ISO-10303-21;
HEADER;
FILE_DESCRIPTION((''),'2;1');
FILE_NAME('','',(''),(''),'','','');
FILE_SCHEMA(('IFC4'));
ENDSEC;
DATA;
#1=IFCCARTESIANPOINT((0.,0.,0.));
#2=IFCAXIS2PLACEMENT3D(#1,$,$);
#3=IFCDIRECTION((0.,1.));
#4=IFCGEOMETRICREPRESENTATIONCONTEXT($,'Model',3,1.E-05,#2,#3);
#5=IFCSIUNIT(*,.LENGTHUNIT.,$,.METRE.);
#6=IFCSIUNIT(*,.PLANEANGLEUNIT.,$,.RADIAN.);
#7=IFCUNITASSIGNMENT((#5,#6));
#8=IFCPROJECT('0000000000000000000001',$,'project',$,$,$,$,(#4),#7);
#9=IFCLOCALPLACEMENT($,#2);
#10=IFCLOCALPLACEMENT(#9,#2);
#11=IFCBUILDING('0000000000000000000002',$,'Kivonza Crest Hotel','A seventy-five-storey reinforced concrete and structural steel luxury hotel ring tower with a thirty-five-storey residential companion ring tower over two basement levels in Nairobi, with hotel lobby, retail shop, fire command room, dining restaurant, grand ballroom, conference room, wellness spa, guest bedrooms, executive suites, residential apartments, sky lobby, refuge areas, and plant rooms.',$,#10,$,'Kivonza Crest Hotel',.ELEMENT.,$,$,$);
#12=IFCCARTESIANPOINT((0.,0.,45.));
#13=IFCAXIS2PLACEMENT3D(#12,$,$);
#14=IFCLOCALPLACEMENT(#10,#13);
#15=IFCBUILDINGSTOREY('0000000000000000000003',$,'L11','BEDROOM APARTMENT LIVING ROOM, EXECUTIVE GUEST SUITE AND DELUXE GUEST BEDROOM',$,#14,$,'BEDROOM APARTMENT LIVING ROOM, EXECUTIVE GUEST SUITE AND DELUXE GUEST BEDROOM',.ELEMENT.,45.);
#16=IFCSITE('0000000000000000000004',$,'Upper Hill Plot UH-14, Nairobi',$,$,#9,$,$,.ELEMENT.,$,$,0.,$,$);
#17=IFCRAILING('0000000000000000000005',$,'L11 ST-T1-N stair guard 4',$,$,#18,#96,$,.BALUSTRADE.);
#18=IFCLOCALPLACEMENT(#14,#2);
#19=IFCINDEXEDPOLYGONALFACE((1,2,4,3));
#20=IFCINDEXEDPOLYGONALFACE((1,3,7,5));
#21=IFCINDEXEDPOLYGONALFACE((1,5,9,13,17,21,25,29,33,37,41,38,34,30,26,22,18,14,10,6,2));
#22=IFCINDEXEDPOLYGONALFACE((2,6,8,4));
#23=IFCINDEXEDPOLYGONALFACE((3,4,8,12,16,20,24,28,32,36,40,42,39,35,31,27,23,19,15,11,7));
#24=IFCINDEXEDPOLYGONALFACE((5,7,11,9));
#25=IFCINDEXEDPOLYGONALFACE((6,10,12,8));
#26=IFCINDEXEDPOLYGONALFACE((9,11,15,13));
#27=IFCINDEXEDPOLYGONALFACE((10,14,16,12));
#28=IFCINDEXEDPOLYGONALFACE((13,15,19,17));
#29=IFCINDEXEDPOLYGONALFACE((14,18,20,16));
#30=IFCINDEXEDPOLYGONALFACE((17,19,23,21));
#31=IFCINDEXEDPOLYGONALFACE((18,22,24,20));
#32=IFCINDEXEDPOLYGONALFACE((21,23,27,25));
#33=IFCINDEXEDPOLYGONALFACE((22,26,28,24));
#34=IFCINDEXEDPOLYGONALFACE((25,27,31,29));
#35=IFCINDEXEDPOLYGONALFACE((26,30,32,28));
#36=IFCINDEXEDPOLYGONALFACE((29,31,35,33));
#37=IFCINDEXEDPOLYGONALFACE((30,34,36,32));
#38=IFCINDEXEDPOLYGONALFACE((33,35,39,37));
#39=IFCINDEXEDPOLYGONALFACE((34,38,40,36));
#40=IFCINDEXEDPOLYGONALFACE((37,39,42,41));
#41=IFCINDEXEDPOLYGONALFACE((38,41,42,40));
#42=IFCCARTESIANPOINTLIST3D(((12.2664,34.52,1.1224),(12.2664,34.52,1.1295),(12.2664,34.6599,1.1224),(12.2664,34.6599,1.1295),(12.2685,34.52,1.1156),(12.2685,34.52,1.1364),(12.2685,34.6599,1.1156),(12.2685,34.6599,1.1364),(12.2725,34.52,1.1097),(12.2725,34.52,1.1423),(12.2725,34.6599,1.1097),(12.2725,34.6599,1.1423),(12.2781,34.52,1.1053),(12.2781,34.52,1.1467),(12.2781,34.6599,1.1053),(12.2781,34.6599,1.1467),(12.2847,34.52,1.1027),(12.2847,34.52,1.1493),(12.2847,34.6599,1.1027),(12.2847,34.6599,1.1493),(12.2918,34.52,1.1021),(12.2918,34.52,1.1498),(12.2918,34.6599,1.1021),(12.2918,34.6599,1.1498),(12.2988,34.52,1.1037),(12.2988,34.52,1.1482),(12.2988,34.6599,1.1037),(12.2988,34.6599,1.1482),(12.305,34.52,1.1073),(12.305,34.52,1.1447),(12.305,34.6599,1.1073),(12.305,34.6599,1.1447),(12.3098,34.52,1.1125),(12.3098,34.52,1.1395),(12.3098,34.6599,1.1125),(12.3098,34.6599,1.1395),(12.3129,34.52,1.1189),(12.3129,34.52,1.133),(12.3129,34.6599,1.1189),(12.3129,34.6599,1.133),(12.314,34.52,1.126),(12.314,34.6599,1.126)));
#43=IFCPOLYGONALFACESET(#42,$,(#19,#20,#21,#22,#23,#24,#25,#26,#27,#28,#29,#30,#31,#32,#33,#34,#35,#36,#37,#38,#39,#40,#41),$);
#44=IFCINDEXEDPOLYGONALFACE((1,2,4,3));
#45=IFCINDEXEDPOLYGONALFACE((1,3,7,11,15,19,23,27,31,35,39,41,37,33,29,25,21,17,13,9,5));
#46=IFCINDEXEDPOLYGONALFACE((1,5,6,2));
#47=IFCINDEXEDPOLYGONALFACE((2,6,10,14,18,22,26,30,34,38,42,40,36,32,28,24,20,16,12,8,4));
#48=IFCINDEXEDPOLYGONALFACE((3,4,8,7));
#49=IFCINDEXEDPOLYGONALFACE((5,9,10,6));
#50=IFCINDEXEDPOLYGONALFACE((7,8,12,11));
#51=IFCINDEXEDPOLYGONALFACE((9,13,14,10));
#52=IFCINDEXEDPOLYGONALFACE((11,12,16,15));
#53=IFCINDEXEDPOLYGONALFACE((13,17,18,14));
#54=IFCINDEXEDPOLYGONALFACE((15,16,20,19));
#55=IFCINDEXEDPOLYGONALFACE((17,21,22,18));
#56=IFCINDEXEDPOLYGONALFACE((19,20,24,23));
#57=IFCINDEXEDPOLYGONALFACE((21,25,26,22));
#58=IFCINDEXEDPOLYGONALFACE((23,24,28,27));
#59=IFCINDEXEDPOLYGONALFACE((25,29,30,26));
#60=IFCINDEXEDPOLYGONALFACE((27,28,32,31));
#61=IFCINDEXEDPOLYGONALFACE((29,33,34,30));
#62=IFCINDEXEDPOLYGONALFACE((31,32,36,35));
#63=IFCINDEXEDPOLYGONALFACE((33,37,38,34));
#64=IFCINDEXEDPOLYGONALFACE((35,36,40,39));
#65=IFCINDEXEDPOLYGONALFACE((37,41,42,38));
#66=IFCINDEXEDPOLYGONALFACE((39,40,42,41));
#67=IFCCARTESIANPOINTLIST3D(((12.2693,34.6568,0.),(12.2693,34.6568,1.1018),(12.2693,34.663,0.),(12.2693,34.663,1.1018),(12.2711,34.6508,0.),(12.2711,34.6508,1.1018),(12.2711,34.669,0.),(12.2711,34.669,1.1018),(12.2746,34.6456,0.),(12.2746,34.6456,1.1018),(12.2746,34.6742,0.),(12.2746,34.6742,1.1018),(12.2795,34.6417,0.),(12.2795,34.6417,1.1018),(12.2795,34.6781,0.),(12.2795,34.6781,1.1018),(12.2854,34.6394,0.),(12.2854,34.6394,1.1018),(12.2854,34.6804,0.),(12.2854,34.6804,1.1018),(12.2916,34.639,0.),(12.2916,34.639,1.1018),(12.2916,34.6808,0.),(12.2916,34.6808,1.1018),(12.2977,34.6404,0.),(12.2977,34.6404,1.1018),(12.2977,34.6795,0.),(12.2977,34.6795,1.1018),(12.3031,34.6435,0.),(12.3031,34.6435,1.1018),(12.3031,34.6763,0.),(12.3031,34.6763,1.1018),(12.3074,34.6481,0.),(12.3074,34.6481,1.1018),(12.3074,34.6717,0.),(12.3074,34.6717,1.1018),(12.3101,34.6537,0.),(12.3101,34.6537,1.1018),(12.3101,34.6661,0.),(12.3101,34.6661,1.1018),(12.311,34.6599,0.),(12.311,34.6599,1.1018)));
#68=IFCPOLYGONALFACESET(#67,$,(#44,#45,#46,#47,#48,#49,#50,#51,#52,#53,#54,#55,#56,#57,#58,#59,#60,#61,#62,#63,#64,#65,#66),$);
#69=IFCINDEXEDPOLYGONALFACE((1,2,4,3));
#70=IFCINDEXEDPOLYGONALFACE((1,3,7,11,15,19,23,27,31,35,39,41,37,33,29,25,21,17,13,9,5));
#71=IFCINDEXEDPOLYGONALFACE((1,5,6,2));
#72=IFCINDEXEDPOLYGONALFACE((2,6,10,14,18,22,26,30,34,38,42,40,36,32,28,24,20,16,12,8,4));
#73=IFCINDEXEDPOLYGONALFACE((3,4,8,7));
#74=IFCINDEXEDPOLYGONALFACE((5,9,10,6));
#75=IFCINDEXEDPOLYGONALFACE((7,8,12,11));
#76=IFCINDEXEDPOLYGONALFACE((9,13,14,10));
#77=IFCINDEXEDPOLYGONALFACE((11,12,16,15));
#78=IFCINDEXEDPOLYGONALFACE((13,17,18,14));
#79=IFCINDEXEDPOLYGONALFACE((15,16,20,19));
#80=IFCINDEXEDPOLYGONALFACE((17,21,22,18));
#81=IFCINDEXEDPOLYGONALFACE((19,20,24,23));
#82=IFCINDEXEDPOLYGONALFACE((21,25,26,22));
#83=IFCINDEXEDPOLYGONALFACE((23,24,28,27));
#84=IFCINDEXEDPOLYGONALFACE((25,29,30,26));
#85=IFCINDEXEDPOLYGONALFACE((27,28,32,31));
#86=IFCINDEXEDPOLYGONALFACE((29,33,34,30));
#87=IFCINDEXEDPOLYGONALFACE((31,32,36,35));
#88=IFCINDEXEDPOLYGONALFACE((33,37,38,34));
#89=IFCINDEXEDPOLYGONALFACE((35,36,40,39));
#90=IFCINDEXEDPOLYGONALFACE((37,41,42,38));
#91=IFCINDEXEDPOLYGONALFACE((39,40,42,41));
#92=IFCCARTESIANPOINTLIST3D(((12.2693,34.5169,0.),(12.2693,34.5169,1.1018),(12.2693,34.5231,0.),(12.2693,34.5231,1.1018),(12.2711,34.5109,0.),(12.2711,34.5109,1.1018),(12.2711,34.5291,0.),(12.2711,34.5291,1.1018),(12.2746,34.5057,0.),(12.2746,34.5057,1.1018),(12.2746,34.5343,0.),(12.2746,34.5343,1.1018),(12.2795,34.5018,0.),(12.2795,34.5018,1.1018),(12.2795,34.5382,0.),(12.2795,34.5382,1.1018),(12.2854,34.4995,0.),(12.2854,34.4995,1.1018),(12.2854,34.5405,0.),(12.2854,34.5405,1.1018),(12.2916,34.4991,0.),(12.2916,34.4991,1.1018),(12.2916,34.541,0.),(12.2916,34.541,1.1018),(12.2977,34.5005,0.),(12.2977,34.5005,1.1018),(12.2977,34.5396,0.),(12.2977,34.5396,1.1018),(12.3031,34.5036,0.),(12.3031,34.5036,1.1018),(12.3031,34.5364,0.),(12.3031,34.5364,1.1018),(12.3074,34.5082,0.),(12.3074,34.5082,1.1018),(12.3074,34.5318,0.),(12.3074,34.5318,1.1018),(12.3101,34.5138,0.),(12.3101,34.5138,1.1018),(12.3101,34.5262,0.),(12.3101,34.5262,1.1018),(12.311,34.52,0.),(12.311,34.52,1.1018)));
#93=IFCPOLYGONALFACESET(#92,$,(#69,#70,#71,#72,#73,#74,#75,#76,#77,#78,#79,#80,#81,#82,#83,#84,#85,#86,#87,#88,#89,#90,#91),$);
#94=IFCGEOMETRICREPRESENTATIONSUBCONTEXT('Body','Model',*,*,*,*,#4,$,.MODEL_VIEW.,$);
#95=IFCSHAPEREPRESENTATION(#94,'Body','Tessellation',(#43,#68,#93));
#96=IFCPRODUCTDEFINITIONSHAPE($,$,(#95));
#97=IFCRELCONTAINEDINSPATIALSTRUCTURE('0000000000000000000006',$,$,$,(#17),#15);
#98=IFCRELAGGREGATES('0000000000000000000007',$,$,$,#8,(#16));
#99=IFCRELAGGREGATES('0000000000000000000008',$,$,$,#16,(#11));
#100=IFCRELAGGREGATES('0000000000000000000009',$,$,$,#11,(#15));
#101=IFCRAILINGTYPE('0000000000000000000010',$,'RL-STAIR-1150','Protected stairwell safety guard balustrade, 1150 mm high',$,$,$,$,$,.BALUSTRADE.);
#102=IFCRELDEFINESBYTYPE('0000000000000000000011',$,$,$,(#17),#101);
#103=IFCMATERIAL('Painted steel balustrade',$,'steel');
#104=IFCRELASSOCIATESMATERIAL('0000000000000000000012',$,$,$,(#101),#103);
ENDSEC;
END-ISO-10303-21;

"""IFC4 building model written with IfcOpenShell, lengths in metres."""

from ifc_helpers import new_model, si_unit, direction, frame, origin, origin_2d, place, context, subcontext, project, spatial, circle, extrude, material, type_object, element, save


model = new_model("IFC4")

# Units and contexts
model_context = context("Model", 3, precision=1e-05, world=origin(), true_north=direction((0.0, 1.0)))
body_context = subcontext(model_context, "Body", "Model", "MODEL_VIEW")
ifc_project = project(units=[si_unit("LENGTHUNIT", "METRE"), si_unit("PLANEANGLEUNIT", "RADIAN")], contexts=[model_context])

# Site, building, storey
site_placement = place(None, origin())
site = spatial("IfcSite", under=ifc_project, at=site_placement, Name="Upper Hill Plot UH-14, Nairobi", CompositionType="ELEMENT", RefElevation=0.0)
building_placement = place(site_placement, origin())
building = spatial("IfcBuilding", under=site, at=building_placement, Name="Kivonza Crest Hotel", Description="A seventy-five-storey reinforced concrete and structural steel luxury hotel ring tower with a thirty-five-storey residential companion ring tower over two basement levels in Nairobi, with hotel lobby, retail shop, fire command room, dining restaurant, grand ballroom, conference room, wellness spa, guest bedrooms, executive suites, residential apartments, sky lobby, refuge areas, and plant rooms.", LongName="Kivonza Crest Hotel", CompositionType="ELEMENT")
storey_placement = place(building_placement, frame((0.0, 0.0, 45.0)))
storey = spatial("IfcBuildingStorey", under=building, at=storey_placement, Name="L11", Description="BEDROOM APARTMENT LIVING ROOM, EXECUTIVE GUEST SUITE AND DELUXE GUEST BEDROOM", LongName="BEDROOM APARTMENT LIVING ROOM, EXECUTIVE GUEST SUITE AND DELUXE GUEST BEDROOM", CompositionType="ELEMENT", Elevation=45.0)

# Railing
ifc_material_1 = material(Name="Painted steel balustrade", Category="steel")
railing_type_1 = type_object("IfcRailingType", Name="RL-STAIR-1150", Description="Protected stairwell safety guard balustrade, 1150 mm high", PredefinedType="BALUSTRADE", material=ifc_material_1)
railing_1_placement = place(storey_placement, frame((12.29, 34.6599, 0.0)))
element("IfcRailing", 1, at=railing_1_placement, inside=storey, type_object=railing_type_1, Name="L11 ST-T1-N stair guard 4", PredefinedType="BALUSTRADE", context=body_context, shape_type="SweptSolid", body=[
    extrude(circle(Radius=0.0239, at=origin_2d()), frame((0.0, 0.0, 1.126), z_axis=(0.0, -1.0, 0.0), x_axis=(1.0, 0.0, 0.0)), (0.0, 0.0, 1.0), 0.1399),
    extrude(circle(Radius=0.021, at=origin_2d()), origin(), (0.0, 0.0, 1.0), 1.1018),
    extrude(circle(Radius=0.021, at=origin_2d()), frame((0.0, -0.1399, 0.0)), (0.0, 0.0, 1.0), 1.1018),
])

save(model, "model.ifc")
